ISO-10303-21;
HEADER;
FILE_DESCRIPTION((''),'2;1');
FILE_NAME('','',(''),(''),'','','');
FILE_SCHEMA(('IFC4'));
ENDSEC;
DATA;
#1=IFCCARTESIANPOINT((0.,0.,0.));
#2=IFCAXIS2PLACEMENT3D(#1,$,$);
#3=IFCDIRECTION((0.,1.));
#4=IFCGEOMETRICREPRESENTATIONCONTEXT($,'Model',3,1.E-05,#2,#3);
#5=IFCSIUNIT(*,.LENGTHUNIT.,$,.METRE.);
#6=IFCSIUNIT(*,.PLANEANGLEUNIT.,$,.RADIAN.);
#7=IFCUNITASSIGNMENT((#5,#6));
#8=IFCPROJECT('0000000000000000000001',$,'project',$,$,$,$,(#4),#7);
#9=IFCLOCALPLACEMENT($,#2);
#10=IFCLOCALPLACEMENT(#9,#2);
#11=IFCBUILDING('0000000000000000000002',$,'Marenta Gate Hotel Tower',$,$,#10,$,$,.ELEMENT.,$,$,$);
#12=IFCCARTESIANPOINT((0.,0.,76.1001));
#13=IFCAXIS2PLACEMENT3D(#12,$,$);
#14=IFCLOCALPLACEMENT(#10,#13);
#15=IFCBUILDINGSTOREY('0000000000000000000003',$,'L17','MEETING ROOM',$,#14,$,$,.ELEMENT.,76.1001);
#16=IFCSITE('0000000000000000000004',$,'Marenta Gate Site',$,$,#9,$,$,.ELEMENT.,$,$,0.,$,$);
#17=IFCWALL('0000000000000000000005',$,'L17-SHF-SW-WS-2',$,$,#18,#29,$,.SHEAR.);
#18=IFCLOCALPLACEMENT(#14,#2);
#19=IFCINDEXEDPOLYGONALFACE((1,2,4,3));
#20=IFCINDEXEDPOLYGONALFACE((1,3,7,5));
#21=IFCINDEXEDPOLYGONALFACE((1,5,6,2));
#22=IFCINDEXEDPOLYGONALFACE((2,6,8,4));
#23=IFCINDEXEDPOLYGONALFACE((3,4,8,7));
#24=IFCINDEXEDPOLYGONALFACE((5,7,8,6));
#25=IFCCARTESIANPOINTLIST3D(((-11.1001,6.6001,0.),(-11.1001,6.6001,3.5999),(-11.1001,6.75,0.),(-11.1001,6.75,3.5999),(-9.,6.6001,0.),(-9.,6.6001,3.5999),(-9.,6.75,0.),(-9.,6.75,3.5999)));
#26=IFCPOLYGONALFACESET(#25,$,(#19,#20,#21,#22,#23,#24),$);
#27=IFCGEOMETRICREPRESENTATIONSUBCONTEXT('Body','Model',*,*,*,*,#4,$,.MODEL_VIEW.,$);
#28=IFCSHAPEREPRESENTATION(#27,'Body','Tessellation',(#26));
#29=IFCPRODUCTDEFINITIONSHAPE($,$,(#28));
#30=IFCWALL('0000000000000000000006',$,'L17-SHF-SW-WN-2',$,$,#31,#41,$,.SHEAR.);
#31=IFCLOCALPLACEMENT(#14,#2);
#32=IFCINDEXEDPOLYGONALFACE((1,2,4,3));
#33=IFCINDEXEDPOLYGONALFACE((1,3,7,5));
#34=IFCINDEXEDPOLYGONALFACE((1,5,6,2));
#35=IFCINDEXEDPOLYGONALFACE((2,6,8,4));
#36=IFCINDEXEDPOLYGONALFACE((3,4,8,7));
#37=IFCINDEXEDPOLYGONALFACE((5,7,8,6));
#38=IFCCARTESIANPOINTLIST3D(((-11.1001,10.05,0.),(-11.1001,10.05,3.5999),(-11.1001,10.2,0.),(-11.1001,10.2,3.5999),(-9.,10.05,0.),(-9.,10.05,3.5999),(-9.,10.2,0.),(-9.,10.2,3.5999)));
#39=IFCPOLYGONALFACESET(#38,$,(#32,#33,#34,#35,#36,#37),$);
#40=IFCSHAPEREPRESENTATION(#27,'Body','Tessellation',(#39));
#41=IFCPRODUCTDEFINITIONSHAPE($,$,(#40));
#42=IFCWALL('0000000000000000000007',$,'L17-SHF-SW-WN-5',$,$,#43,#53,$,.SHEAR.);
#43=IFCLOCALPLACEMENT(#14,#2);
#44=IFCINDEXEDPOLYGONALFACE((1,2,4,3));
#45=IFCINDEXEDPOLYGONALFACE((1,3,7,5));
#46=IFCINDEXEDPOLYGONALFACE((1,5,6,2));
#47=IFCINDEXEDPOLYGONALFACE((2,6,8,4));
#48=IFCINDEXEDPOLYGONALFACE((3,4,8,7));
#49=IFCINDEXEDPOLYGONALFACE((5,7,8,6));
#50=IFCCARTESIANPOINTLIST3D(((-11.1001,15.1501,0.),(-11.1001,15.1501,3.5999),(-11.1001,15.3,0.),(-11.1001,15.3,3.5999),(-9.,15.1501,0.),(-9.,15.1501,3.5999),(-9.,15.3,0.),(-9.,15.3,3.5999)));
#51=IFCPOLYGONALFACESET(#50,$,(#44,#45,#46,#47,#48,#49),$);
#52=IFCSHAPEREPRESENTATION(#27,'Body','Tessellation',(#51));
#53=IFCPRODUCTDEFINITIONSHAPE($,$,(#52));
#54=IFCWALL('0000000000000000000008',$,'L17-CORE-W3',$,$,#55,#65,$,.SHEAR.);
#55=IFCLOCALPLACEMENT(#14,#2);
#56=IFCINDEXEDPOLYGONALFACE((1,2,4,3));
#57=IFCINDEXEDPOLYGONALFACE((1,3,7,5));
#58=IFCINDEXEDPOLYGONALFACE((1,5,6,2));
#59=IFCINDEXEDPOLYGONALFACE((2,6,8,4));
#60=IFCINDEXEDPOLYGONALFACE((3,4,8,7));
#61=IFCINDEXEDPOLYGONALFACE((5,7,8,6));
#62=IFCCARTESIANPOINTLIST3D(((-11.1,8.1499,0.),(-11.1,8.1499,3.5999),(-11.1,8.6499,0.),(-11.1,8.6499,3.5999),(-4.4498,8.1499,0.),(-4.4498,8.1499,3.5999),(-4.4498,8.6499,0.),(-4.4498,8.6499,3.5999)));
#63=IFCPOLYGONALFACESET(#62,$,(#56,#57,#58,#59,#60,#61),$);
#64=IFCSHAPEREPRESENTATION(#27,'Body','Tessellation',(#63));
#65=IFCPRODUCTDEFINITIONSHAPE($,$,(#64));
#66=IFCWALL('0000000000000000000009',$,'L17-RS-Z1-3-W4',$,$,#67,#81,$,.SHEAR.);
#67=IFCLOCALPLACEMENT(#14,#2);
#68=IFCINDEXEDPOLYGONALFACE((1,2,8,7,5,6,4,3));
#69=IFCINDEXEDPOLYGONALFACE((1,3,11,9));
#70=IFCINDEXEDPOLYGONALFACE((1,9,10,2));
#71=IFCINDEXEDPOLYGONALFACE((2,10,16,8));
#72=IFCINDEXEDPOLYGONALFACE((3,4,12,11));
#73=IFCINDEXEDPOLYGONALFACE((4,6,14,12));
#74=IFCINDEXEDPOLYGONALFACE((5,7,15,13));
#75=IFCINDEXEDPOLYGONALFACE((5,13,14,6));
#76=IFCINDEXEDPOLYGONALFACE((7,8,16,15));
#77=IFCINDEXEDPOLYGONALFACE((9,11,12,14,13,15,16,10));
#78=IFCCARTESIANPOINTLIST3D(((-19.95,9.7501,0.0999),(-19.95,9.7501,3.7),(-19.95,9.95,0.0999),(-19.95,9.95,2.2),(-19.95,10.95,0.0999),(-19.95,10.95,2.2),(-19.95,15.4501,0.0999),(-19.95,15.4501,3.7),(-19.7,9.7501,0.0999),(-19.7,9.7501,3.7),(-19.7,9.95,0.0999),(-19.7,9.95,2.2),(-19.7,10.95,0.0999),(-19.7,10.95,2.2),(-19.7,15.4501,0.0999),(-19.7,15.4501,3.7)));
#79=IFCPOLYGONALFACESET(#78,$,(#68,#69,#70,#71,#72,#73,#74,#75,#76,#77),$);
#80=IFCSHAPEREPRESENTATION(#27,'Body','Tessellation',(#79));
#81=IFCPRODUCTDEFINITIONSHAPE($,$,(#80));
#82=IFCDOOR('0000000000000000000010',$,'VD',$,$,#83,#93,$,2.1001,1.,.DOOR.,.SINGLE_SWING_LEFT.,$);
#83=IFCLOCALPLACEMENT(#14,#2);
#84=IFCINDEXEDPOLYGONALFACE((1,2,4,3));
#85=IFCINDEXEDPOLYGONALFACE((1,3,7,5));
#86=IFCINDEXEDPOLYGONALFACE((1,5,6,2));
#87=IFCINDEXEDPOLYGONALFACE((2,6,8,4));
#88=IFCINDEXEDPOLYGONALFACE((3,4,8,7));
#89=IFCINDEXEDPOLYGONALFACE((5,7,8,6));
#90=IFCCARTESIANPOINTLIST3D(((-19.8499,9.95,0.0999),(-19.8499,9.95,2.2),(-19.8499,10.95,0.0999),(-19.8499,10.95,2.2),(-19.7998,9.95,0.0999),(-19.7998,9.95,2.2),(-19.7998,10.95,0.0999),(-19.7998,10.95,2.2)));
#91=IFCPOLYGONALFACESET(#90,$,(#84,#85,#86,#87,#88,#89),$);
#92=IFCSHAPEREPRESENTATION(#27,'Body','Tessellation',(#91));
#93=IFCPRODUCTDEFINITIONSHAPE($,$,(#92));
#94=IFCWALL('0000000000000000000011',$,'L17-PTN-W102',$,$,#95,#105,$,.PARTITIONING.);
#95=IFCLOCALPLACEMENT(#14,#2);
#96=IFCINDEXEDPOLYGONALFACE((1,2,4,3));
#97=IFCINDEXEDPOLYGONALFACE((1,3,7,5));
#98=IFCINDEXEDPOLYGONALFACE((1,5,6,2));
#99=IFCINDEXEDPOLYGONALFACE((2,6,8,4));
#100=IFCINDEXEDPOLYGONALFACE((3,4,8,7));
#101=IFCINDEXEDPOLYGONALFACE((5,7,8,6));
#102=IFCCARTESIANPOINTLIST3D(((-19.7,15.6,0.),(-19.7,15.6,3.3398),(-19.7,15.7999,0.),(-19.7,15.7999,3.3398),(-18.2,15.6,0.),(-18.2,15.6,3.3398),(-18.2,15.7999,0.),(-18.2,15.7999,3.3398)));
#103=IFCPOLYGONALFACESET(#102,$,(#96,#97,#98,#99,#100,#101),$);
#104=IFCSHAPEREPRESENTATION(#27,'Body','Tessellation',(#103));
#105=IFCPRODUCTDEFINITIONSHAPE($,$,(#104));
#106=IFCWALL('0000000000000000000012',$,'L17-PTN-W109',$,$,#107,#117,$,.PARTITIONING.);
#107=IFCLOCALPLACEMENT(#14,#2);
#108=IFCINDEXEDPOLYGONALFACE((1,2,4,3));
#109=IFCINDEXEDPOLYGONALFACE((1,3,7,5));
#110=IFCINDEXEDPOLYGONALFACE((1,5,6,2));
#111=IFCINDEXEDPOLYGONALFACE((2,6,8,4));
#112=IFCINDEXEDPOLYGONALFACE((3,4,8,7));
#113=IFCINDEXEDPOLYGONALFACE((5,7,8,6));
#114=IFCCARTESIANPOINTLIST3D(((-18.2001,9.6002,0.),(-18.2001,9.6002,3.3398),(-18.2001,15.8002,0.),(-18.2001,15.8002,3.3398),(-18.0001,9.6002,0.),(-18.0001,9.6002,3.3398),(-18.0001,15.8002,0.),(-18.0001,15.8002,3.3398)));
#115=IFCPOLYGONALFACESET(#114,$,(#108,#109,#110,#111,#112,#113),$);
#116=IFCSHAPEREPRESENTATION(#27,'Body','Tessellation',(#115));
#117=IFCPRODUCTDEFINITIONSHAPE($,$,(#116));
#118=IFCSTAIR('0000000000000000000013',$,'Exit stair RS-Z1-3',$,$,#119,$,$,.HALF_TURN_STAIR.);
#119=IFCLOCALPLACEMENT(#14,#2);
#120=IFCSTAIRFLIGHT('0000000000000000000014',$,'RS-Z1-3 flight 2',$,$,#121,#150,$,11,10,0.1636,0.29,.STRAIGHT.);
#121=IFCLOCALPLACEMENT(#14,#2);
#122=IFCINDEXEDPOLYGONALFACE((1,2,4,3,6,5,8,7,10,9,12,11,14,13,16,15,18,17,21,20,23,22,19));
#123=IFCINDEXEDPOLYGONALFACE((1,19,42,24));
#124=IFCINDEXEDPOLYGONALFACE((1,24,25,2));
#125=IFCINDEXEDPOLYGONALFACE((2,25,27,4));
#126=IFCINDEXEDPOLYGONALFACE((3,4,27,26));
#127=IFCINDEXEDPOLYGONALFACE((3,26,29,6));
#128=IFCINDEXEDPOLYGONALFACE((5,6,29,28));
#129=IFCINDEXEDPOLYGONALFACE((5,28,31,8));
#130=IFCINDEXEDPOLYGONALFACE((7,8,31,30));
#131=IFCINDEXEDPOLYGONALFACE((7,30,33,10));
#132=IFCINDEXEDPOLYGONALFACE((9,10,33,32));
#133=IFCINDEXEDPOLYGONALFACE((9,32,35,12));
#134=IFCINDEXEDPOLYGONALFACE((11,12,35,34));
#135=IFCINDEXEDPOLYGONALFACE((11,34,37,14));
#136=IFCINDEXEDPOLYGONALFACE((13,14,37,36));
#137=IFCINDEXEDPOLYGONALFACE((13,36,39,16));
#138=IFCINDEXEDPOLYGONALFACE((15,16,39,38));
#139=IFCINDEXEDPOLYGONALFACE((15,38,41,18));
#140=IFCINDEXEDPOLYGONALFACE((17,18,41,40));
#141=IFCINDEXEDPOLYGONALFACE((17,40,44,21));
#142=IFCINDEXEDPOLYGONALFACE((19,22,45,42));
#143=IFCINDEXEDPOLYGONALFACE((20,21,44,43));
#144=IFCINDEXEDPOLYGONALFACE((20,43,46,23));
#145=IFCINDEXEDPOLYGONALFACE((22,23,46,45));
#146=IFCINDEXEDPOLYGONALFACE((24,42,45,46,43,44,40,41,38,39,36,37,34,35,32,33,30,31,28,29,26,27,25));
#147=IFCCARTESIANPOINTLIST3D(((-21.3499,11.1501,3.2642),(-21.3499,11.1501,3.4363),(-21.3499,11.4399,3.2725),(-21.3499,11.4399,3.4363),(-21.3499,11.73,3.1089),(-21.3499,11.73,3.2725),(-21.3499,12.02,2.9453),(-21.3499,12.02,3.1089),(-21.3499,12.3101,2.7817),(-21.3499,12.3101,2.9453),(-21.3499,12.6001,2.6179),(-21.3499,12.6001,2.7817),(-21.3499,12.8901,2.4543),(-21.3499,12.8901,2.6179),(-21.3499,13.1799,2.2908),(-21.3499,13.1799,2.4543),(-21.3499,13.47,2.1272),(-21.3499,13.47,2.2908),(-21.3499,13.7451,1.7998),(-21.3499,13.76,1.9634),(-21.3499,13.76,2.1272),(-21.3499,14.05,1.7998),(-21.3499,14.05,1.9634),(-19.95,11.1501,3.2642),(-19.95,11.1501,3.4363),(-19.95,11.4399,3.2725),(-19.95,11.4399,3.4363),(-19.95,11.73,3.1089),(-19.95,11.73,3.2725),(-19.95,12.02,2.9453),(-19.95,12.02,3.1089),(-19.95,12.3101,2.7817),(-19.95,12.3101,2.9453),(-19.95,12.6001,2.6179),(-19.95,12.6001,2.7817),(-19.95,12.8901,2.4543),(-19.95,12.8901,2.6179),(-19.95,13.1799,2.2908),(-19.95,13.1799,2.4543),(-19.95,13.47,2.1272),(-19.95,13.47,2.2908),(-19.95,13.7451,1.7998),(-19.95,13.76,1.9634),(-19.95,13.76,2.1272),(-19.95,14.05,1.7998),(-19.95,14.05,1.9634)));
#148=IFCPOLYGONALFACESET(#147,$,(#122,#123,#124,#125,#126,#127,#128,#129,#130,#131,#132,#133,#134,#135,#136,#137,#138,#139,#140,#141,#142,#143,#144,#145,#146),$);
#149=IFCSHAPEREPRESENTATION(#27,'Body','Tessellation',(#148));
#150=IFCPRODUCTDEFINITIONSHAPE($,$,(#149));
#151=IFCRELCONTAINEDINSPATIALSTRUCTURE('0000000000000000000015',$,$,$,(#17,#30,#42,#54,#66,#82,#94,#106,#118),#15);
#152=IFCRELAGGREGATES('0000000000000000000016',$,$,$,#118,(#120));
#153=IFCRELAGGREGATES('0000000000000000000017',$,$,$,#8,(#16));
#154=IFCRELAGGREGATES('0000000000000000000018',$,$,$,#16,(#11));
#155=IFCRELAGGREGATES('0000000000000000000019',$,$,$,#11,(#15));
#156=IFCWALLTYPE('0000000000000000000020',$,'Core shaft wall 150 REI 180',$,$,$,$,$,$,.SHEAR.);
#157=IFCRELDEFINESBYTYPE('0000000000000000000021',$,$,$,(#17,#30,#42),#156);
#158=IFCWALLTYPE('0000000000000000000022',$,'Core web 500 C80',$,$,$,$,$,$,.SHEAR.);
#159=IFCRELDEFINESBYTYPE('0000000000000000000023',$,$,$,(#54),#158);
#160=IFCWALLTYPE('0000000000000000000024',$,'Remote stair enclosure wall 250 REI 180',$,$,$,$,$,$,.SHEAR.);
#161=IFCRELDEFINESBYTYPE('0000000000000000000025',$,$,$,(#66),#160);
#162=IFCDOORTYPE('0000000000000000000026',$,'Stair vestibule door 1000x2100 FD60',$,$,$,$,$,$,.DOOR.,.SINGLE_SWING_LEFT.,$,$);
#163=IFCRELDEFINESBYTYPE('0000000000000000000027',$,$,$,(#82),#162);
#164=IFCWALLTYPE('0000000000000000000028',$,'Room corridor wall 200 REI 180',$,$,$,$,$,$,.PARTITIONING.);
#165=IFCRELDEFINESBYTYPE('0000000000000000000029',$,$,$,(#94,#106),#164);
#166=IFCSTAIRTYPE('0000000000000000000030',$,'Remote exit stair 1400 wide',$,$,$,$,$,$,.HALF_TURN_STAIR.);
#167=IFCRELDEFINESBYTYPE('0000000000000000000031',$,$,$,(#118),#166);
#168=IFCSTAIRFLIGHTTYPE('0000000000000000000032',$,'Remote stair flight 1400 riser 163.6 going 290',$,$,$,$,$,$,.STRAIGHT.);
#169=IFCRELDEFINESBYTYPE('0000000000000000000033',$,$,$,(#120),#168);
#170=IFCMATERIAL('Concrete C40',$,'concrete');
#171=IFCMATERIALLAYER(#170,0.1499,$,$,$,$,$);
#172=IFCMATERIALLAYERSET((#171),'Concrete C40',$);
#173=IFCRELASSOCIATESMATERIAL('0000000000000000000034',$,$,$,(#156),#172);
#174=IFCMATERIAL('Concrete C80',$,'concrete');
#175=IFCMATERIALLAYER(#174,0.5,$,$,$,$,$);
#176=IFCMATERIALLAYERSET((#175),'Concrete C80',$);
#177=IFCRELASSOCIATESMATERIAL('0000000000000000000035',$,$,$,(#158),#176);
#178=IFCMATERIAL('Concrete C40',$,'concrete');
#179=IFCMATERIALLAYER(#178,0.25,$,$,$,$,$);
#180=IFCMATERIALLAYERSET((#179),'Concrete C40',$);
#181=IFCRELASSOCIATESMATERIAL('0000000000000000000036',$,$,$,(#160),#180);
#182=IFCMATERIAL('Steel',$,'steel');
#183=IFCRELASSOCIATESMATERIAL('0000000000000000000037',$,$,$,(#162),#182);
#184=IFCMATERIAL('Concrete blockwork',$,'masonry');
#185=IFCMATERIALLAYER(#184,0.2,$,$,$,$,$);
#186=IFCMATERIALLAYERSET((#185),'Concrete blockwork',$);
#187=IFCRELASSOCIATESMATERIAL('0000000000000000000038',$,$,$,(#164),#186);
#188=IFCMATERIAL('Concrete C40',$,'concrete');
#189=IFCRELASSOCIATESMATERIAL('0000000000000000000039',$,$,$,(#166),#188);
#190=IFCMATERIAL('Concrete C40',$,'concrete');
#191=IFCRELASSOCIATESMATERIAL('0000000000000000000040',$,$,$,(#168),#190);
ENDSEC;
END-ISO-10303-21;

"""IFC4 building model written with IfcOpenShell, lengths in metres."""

from ifc_helpers import new_model, si_unit, direction, frame, frame_2d, origin, place, context, subcontext, project, spatial, polyline, rectangle, outline, extrude, material, layer, layer_set, type_object, element, fill, aggregate, save


model = new_model("IFC4")

# Units and contexts
model_context = context("Model", 3, precision=1e-05, world=origin(), true_north=direction((0.0, 1.0)))
body_context = subcontext(model_context, "Body", "Model", "MODEL_VIEW")
ifc_project = project(units=[si_unit("LENGTHUNIT", "METRE"), si_unit("PLANEANGLEUNIT", "RADIAN")], contexts=[model_context])

# Site, building, storey
site_placement = place(None, origin())
site = spatial("IfcSite", under=ifc_project, at=site_placement, Name="Marenta Gate Site", CompositionType="ELEMENT", RefElevation=0.0)
building_placement = place(site_placement, origin())
building = spatial("IfcBuilding", under=site, at=building_placement, Name="Marenta Gate Hotel Tower", CompositionType="ELEMENT")
storey_placement = place(building_placement, frame((0.0, 0.0, 76.1001)))
storey = spatial("IfcBuildingStorey", under=building, at=storey_placement, Name="L17", Description="MEETING ROOM", CompositionType="ELEMENT", Elevation=76.1001)

# Walls
ifc_material_1 = material(Name="Concrete C40", Category="concrete")
ifc_layer_1 = layer(ifc_material_1, 0.1499)
ifc_layer_set_1 = layer_set([ifc_layer_1], Name="Concrete C40")
wall_type_1 = type_object("IfcWallType", Name="Core shaft wall 150 REI 180", PredefinedType="SHEAR", material=ifc_layer_set_1)
for number, where, z_axis, x_axis, name in (
    (1, (-11.1001, 6.675, 0.0), (0.0, 0.0, 1.0), (1.0, 0.0, 0.0), "L17-SHF-SW-WS-2"),
    (2, (-11.1001, 10.125, 0.0), (0.0, 0.0, 1.0), (1.0, 0.0, 0.0), "L17-SHF-SW-WN-2"),
    (3, (-11.1001, 15.2251, 0.0), (0.0, 0.0, 1.0), (1.0, 0.0, 0.0), "L17-SHF-SW-WN-5"),
):
    element("IfcWall", number, at=place(storey_placement, frame(where, z_axis=z_axis, x_axis=x_axis)), inside=storey, type_object=wall_type_1, Name=name, PredefinedType="SHEAR", context=body_context, shape_type="SweptSolid", body=[
        extrude(rectangle(XDim=2.1001, YDim=0.1499, at=frame_2d((1.05, 0.0))), origin(), (0.0, 0.0, 1.0), 3.5999),
    ])
ifc_material_2 = material(Name="Concrete C80", Category="concrete")
ifc_layer_2 = layer(ifc_material_2, 0.5)
ifc_layer_set_2 = layer_set([ifc_layer_2], Name="Concrete C80")
wall_type_2 = type_object("IfcWallType", Name="Core web 500 C80", PredefinedType="SHEAR", material=ifc_layer_set_2)
wall_1_placement = place(storey_placement, frame((-11.1001, 8.3999, 0.0), z_axis=(0.0, 0.0, 1.0), x_axis=(1.0, 0.0, 0.0)))
element("IfcWall", 4, at=wall_1_placement, inside=storey, type_object=wall_type_2, Name="L17-CORE-W3", PredefinedType="SHEAR", context=body_context, shape_type="SweptSolid", body=[
    extrude(rectangle(XDim=6.6501, YDim=0.5, at=frame_2d((3.3252, 0.0))), origin(), (0.0, 0.0, 1.0), 3.5999),
])

# Wall, opening, door
ifc_material_3 = material(Name="Concrete C40", Category="concrete")
ifc_layer_3 = layer(ifc_material_3, 0.25)
ifc_layer_set_3 = layer_set([ifc_layer_3], Name="Concrete C40")
wall_type_3 = type_object("IfcWallType", Name="Remote stair enclosure wall 250 REI 180", PredefinedType="SHEAR", material=ifc_layer_set_3)
wall_2_placement = place(storey_placement, frame((-19.825, 9.75, 0.0999), z_axis=(0.0, 0.0, 1.0), x_axis=(0.0, 1.0, 0.0)))
wall_2 = element("IfcWall", 5, at=wall_2_placement, inside=storey, type_object=wall_type_3, Name="L17-RS-Z1-3-W4", PredefinedType="SHEAR", context=body_context, shape_type="SweptSolid", body=[
    extrude(rectangle(XDim=5.7, YDim=0.25, at=frame_2d((2.8501, 0.0))), origin(), (0.0, 0.0, 1.0), 3.6001),
])
opening_1_placement = place(wall_2_placement, frame((0.2, 0.0, 0.0)))
opening_1 = element("IfcOpeningElement", 6, at=opening_1_placement, cuts=wall_2, PredefinedType="OPENING", context=body_context, shape_type="SweptSolid", body=[
    extrude(rectangle(XDim=1.0, YDim=2.1001, at=frame_2d((0.5, 1.05))), frame((0.0, 0.125, 0.0), z_axis=(0.0, -1.0, 0.0), x_axis=(1.0, 0.0, 0.0)), (0.0, 0.0, 1.0), 0.25),
])
ifc_material_4 = material(Name="Steel", Category="steel")
door_type_1 = type_object("IfcDoorType", Name="Stair vestibule door 1000x2100 FD60", OperationType="SINGLE_SWING_LEFT", PredefinedType="DOOR", material=ifc_material_4)
door_1_placement = place(opening_1_placement, origin())
door_1 = element("IfcDoor", 7, at=door_1_placement, inside=storey, type_object=door_type_1, Name="VD", OperationType="SINGLE_SWING_LEFT", OverallHeight=2.1001, OverallWidth=1.0, PredefinedType="DOOR", context=body_context, shape_type="SweptSolid", body=[
    extrude(rectangle(XDim=1.0, YDim=2.1001, at=frame_2d((0.5, 1.05))), frame((0.0, 0.0249, 0.0), z_axis=(0.0, -1.0, 0.0), x_axis=(1.0, 0.0, 0.0)), (0.0, 0.0, 1.0), 0.05),
])
fill(opening_1, door_1)

# Shared definitions
ifc_material_5 = material(Name="Concrete blockwork", Category="masonry")
ifc_layer_4 = layer(ifc_material_5, 0.2)
ifc_layer_set_4 = layer_set([ifc_layer_4], Name="Concrete blockwork")
wall_type_4 = type_object("IfcWallType", Name="Room corridor wall 200 REI 180", PredefinedType="PARTITIONING", material=ifc_layer_set_4)

# Walls
wall_3_placement = place(storey_placement, frame((-19.7, 15.7, 0.0), z_axis=(0.0, 0.0, 1.0), x_axis=(1.0, 0.0, 0.0)))
element("IfcWall", 8, at=wall_3_placement, inside=storey, type_object=wall_type_4, Name="L17-PTN-W102", PredefinedType="PARTITIONING", context=body_context, shape_type="SweptSolid", body=[
    extrude(rectangle(XDim=1.5, YDim=0.2, at=frame_2d((0.75, 0.0))), origin(), (0.0, 0.0, 1.0), 3.3398),
])
wall_4_placement = place(storey_placement, frame((-18.1001, 9.6001, 0.0), z_axis=(0.0, 0.0, 1.0), x_axis=(0.0, 1.0, 0.0)))
element("IfcWall", 9, at=wall_4_placement, inside=storey, type_object=wall_type_4, Name="L17-PTN-W109", PredefinedType="PARTITIONING", context=body_context, shape_type="SweptSolid", body=[
    extrude(rectangle(XDim=6.2, YDim=0.2, at=frame_2d((3.1001, 0.0))), origin(), (0.0, 0.0, 1.0), 3.3398),
])

# Stair, stair flight
ifc_material_6 = material(Name="Concrete C40", Category="concrete")
stair_type = type_object("IfcStairType", Name="Remote exit stair 1400 wide", PredefinedType="HALF_TURN_STAIR", material=ifc_material_6)
stair_placement = place(storey_placement, origin())
stair = element("IfcStair", 10, at=stair_placement, inside=storey, type_object=stair_type, Name="Exit stair RS-Z1-3", PredefinedType="HALF_TURN_STAIR")
ifc_material_7 = material(Name="Concrete C40", Category="concrete")
stair_flight_type = type_object("IfcStairFlightType", Name="Remote stair flight 1400 riser 163.6 going 290", PredefinedType="STRAIGHT", material=ifc_material_7)
stair_flight_placement = place(storey_placement, frame((-20.6499, 14.05, 1.7998), z_axis=(0.0, 0.0, 1.0), x_axis=(0.0, -1.0, 0.0)))
stair_flight = element("IfcStairFlight", 11, at=stair_flight_placement, type_object=stair_flight_type, Name="RS-Z1-3 flight 2", NumberOfRisers=11, NumberOfTreads=10, PredefinedType="STRAIGHT", RiserHeight=0.1636, TreadLength=0.29, context=body_context, shape_type="SweptSolid", body=[
    extrude(outline(polyline([(0.0, 0.0), (0.0, 0.1636), (0.29, 0.1636), (0.29, 0.3274), (0.5801, 0.3274), (0.5801, 0.491), (0.8701, 0.491), (0.8701, 0.6545), (1.1599, 0.6545), (1.1599, 0.8181), (1.45, 0.8181), (1.45, 0.9819), (1.74, 0.9819), (1.74, 1.1455), (2.03, 1.1455), (2.03, 1.3091), (2.3201, 1.3091), (2.3201, 1.4727), (2.6101, 1.4727), (2.6101, 1.6365), (2.8999, 1.6365), (2.8999, 1.8), (2.8999, 1.4644), (0.3049, 0.0), (0.0, 0.0)])), frame((0.0, 0.7, 0.0), z_axis=(0.0, -1.0, 0.0), x_axis=(1.0, 0.0, 0.0)), (0.0, 0.0, 1.0), 1.3999),
])
aggregate(stair, [stair_flight])

save(model, "model.ifc")
